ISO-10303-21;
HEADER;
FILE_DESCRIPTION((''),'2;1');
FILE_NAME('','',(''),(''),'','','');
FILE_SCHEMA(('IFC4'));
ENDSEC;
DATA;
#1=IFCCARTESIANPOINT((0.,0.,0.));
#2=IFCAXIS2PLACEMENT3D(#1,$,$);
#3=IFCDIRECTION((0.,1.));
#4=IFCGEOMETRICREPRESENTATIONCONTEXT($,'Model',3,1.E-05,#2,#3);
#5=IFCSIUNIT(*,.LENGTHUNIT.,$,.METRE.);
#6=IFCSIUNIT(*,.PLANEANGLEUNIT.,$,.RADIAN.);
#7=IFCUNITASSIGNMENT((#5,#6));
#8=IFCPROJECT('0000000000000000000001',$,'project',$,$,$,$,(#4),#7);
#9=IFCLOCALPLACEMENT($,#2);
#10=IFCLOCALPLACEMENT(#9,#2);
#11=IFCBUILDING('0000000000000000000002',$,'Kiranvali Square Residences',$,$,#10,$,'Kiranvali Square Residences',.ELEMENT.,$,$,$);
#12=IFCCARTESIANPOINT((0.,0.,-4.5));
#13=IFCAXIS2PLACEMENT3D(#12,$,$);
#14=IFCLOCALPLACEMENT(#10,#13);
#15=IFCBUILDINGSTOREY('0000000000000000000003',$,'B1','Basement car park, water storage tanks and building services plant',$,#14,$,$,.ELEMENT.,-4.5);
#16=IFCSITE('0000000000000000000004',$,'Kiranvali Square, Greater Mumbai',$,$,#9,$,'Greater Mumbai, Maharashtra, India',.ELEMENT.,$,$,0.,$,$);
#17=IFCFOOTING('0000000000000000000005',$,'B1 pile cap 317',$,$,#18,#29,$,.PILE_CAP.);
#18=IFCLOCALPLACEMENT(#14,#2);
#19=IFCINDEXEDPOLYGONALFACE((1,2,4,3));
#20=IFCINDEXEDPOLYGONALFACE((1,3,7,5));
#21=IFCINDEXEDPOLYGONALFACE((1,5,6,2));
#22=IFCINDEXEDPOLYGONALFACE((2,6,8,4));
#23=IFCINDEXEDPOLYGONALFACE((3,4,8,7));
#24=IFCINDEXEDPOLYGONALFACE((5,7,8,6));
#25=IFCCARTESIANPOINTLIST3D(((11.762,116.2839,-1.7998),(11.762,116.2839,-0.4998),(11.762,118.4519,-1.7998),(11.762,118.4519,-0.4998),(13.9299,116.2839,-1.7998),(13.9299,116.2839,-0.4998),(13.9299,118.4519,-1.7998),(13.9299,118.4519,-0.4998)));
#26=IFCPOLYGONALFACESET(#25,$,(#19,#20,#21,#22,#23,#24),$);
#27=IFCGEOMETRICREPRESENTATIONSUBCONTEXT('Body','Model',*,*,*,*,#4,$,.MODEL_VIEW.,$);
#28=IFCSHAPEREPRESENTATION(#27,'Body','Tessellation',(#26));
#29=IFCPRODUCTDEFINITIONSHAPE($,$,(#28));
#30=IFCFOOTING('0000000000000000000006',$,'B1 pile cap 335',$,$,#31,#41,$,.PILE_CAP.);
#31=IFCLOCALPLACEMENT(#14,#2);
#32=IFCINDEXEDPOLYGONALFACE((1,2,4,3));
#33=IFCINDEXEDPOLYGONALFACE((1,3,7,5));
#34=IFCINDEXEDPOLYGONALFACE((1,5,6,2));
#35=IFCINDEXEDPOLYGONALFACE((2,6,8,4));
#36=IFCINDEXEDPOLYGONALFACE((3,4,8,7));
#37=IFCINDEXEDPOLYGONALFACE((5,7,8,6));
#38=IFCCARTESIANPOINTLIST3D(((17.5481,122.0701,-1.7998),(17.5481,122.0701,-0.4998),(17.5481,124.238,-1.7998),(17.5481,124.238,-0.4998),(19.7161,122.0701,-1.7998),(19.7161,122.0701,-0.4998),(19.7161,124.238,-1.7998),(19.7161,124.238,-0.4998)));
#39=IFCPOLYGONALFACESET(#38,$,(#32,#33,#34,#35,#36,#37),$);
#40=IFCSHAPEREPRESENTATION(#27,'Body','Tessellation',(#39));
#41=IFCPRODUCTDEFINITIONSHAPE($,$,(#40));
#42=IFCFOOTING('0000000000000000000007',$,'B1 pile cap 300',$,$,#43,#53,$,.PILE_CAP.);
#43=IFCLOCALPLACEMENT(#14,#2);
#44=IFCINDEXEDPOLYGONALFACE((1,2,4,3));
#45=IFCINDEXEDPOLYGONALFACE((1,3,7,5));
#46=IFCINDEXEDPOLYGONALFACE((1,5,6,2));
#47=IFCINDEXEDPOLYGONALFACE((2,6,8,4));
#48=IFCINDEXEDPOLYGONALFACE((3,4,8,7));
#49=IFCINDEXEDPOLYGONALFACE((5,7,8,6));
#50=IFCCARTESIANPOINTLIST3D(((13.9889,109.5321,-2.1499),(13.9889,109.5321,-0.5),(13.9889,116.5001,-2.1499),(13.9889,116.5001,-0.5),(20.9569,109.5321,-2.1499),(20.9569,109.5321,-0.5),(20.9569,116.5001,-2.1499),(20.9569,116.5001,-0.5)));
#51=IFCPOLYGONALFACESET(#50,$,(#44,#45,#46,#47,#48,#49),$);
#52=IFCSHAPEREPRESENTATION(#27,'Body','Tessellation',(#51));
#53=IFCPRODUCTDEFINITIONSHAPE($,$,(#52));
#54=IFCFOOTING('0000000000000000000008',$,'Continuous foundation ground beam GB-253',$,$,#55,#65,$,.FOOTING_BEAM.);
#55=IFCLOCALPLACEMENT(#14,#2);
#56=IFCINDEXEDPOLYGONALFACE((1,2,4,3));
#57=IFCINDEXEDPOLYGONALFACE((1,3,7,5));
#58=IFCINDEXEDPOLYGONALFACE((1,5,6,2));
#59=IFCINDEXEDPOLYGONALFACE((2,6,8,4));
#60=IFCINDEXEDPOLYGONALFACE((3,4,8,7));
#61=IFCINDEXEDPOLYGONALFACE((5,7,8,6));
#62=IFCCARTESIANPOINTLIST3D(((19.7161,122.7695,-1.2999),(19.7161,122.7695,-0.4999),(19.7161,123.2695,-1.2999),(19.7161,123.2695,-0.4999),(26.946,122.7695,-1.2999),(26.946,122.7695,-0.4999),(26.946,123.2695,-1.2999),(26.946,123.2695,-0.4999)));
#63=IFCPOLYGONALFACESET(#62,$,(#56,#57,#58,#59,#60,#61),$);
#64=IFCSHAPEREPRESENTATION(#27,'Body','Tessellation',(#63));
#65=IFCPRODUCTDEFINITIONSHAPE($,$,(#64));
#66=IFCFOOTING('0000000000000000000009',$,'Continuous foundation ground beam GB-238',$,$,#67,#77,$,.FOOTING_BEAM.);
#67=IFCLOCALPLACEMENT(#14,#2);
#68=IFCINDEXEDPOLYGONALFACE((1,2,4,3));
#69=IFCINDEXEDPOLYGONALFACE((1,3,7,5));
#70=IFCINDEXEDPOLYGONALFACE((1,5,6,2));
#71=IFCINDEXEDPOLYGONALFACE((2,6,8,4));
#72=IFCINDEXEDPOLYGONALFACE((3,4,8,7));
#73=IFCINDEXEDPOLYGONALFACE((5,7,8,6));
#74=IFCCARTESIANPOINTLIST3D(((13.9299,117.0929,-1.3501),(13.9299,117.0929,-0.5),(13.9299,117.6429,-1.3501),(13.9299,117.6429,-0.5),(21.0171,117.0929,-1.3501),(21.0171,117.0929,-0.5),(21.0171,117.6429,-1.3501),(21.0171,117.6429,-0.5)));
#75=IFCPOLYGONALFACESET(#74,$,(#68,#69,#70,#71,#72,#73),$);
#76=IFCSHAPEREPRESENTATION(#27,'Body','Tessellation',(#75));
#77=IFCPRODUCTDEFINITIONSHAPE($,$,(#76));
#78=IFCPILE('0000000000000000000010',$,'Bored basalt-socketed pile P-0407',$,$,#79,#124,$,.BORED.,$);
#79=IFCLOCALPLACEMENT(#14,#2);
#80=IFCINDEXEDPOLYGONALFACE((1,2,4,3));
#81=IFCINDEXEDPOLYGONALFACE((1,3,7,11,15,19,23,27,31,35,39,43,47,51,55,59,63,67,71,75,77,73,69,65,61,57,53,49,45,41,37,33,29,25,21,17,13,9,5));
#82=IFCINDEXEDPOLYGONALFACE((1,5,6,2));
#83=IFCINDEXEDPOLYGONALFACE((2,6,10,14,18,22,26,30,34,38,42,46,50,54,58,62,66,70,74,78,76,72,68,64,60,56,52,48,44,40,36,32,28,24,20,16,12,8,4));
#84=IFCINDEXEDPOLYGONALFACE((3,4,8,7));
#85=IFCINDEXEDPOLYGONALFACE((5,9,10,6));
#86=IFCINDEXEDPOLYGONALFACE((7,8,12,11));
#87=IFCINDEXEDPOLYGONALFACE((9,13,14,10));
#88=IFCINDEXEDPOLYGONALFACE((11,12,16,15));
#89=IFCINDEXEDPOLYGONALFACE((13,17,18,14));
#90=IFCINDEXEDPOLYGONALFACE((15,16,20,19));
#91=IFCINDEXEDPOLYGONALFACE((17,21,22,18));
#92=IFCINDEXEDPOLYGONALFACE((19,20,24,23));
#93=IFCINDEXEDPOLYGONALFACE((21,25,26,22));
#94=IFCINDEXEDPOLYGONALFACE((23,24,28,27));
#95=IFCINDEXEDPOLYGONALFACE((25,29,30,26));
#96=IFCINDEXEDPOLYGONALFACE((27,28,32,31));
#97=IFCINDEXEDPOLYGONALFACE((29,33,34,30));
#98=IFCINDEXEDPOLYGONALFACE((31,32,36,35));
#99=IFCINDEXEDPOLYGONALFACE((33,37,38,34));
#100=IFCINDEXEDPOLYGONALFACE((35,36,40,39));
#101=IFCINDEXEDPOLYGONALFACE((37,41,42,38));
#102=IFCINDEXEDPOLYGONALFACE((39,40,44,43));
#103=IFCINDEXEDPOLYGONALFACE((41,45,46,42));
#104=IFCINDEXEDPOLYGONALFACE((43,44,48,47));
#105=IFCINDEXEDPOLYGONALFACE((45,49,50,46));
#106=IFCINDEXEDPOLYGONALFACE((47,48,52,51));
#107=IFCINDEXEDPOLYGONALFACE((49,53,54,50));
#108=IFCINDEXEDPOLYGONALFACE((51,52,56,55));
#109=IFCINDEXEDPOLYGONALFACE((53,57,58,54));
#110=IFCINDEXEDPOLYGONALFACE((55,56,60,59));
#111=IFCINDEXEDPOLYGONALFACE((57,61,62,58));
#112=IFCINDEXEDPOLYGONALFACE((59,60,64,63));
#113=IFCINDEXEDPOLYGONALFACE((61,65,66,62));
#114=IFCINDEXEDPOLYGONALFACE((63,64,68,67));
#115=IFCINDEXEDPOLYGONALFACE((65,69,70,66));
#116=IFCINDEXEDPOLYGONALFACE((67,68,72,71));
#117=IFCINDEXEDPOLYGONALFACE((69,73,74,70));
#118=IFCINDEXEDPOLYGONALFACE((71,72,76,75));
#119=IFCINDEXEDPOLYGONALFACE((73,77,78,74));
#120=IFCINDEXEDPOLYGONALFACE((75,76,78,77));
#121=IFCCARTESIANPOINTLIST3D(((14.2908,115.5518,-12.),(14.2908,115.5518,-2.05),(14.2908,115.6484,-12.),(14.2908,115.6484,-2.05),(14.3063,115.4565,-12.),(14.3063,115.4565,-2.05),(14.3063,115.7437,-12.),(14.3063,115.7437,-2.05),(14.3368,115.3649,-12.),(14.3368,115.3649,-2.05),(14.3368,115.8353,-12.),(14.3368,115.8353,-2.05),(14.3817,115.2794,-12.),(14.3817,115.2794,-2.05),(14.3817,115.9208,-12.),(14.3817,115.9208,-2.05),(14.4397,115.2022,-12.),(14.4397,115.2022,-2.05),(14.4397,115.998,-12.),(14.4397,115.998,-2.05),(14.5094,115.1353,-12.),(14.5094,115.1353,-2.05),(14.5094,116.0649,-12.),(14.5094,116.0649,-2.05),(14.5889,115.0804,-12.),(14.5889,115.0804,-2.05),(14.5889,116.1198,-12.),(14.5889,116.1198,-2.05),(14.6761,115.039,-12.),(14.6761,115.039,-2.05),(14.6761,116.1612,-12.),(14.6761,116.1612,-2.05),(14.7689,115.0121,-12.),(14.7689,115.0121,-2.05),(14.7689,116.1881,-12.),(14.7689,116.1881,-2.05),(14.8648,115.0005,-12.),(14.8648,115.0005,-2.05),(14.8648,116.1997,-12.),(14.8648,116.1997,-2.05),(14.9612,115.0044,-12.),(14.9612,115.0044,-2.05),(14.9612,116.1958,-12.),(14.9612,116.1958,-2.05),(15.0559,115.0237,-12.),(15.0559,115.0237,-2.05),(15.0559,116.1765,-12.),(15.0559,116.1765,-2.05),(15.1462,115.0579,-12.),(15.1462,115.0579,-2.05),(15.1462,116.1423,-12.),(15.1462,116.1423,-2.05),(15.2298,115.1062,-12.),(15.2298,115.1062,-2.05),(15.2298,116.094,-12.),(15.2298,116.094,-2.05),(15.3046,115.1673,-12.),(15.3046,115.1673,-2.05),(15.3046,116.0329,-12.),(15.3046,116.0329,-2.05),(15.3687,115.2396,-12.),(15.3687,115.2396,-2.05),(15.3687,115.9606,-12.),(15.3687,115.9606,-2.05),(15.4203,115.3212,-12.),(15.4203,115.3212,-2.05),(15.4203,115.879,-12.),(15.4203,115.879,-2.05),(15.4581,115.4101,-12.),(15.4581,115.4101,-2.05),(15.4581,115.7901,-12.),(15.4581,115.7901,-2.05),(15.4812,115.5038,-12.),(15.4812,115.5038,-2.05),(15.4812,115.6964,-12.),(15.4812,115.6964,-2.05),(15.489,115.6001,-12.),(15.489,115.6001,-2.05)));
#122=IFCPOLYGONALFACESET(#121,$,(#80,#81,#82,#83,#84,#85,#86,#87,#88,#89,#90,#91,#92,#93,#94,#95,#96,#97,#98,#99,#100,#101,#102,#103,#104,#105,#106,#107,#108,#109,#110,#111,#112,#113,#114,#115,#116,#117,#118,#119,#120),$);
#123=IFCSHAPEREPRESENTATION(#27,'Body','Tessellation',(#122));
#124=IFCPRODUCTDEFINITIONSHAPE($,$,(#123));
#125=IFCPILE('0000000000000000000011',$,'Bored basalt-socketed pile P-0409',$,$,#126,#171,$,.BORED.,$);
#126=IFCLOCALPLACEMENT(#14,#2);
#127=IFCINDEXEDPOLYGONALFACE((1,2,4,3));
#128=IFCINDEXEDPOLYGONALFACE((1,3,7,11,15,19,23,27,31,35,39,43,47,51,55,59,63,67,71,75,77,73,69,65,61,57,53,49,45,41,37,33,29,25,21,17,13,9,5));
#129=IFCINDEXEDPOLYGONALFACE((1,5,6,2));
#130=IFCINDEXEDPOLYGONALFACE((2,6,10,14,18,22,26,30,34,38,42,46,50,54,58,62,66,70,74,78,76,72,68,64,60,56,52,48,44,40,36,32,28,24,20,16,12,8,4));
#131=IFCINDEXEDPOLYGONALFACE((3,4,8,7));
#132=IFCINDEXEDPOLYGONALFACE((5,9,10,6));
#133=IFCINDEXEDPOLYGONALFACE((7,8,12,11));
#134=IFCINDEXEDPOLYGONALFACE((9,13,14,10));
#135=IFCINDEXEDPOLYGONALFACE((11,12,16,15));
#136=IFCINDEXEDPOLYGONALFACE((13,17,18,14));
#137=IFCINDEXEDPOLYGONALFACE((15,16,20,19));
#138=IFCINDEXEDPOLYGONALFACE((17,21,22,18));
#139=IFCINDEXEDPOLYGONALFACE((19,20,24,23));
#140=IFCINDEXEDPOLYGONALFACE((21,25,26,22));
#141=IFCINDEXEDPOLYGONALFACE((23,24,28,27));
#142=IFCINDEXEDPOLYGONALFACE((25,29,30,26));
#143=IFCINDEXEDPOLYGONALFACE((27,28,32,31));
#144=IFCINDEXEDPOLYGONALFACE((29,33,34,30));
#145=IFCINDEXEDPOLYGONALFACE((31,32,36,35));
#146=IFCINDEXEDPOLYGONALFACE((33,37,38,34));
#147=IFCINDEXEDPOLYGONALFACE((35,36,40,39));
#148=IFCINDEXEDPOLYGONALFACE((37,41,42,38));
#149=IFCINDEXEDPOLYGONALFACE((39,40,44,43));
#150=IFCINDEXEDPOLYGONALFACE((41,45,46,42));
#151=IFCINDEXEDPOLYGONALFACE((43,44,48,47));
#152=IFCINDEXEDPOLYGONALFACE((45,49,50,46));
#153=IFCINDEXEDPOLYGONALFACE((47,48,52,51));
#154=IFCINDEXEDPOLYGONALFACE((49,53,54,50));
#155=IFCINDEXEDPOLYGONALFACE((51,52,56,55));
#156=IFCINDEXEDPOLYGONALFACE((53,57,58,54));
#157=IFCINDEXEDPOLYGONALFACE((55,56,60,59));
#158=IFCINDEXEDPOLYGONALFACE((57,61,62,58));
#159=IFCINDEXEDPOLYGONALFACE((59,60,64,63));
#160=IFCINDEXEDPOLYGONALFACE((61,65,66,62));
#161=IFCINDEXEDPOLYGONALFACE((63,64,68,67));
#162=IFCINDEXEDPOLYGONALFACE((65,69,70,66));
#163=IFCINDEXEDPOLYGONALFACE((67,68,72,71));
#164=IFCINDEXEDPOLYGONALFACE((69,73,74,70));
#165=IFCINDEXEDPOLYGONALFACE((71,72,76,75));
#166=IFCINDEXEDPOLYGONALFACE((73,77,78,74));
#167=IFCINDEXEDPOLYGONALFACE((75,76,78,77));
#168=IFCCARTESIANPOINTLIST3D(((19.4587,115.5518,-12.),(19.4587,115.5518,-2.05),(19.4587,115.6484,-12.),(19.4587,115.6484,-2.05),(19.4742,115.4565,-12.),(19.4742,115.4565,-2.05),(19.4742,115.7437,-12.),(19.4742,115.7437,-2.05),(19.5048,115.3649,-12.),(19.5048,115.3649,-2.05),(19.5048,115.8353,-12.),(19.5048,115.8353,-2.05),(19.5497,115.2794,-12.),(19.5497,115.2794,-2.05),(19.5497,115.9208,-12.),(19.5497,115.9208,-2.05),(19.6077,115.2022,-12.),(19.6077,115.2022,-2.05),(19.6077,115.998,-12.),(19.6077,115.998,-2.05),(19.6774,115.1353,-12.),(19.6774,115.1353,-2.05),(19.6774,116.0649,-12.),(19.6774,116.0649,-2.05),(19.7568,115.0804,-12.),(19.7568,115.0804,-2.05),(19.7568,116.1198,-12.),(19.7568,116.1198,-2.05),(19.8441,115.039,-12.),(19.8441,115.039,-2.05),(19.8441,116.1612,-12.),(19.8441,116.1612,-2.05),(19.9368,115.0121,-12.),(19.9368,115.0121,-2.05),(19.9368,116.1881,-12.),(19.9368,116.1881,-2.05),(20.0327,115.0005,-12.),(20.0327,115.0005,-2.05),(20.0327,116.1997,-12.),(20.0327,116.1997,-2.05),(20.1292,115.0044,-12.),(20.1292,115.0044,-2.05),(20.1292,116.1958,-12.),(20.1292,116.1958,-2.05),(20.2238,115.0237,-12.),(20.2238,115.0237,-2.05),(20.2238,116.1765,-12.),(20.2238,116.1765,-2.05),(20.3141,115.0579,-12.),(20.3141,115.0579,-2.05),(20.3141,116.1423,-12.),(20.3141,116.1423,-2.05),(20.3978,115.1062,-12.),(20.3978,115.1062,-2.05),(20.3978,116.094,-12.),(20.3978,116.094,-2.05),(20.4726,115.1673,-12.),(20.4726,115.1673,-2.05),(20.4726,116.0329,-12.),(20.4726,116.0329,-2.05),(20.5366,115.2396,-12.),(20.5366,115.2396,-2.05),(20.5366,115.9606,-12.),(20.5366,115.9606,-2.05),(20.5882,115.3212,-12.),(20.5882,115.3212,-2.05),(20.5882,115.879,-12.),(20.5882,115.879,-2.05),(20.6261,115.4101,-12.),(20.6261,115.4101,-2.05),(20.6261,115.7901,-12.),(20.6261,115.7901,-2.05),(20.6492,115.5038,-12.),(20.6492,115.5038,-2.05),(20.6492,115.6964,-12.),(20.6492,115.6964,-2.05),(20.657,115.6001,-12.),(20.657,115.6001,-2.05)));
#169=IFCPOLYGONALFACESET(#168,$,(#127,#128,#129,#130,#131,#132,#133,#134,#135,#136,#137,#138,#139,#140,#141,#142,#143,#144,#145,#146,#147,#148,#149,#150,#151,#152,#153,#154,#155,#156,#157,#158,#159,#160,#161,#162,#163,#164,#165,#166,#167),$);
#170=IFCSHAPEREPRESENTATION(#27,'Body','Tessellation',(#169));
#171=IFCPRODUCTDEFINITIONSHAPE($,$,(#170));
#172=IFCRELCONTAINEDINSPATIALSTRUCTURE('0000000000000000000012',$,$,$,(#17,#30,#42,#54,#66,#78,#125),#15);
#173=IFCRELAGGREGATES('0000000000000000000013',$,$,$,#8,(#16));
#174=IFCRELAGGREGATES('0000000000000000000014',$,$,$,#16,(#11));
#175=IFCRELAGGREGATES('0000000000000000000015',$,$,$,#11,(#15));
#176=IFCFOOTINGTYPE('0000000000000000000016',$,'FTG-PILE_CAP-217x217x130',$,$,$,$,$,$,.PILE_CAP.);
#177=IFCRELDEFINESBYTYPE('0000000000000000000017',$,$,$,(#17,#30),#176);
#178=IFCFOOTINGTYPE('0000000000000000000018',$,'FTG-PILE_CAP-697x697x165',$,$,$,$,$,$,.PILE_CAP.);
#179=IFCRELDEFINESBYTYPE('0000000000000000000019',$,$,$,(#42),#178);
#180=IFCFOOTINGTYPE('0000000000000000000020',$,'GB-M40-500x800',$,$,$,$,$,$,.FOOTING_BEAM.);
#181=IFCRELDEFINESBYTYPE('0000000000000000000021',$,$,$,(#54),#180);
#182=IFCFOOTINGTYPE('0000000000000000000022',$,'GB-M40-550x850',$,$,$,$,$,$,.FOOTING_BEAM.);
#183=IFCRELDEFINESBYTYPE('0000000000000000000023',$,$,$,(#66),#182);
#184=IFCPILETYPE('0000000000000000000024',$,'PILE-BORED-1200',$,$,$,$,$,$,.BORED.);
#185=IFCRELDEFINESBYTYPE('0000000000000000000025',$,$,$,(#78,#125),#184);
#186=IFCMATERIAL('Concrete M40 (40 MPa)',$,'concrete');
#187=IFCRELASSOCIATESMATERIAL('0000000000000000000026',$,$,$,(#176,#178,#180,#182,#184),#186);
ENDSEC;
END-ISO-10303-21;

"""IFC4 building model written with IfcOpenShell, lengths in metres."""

from ifc_helpers import new_model, si_unit, direction, frame, origin, origin_2d, place, context, subcontext, project, spatial, rectangle, circle, extrude, material, material_profile, profile_set, type_object, element, save


model = new_model("IFC4")

# Units and contexts
model_context = context("Model", 3, precision=1e-05, world=origin(), true_north=direction((0.0, 1.0)))
body_context = subcontext(model_context, "Body", "Model", "MODEL_VIEW")
ifc_project = project(units=[si_unit("LENGTHUNIT", "METRE"), si_unit("PLANEANGLEUNIT", "RADIAN")], contexts=[model_context])

# Site, building, storey
site_placement = place(None, origin())
site = spatial("IfcSite", under=ifc_project, at=site_placement, Name="Kiranvali Square, Greater Mumbai", LongName="Greater Mumbai, Maharashtra, India", CompositionType="ELEMENT", RefElevation=0.0)
building_placement = place(site_placement, origin())
building = spatial("IfcBuilding", under=site, at=building_placement, Name="Kiranvali Square Residences", LongName="Kiranvali Square Residences", CompositionType="ELEMENT")
storey_placement = place(building_placement, frame((0.0, 0.0, -4.5)))
storey = spatial("IfcBuildingStorey", under=building, at=storey_placement, Name="B1", Description="Basement car park, water storage tanks and building services plant", CompositionType="ELEMENT", Elevation=-4.5)

# Footings
ifc_material_1 = material(Name="Concrete M40 (40 MPa)", Category="concrete")
footing_type_1 = type_object("IfcFootingType", Name="FTG-PILE_CAP-217x217x130", PredefinedType="PILE_CAP", material=ifc_material_1)
for number, where, z_axis, x_axis, name in (
    (1, (12.8459, 117.3679, -1.7998), (0.0, 0.0, 1.0), (1.0, 0.0, 0.0), "B1 pile cap 317"),
    (2, (18.6321, 123.1541, -1.7998), (0.0, 0.0, 1.0), (1.0, 0.0, 0.0), "B1 pile cap 335"),
):
    element("IfcFooting", number, at=place(storey_placement, frame(where, z_axis=z_axis, x_axis=x_axis)), inside=storey, type_object=footing_type_1, Name=name, PredefinedType="PILE_CAP", context=body_context, shape_type="SweptSolid", body=[
        extrude(rectangle(XDim=2.168, YDim=2.168, at=origin_2d()), origin(), (0.0, 0.0, 1.0), 1.3),
    ])
footing_type_2 = type_object("IfcFootingType", Name="FTG-PILE_CAP-697x697x165", PredefinedType="PILE_CAP", material=ifc_material_1)
footing_1_placement = place(storey_placement, frame((17.4729, 113.0161, -2.1499), z_axis=(0.0, 0.0, 1.0), x_axis=(1.0, 0.0, 0.0)))
element("IfcFooting", 3, at=footing_1_placement, inside=storey, type_object=footing_type_2, Name="B1 pile cap 300", PredefinedType="PILE_CAP", context=body_context, shape_type="SweptSolid", body=[
    extrude(rectangle(XDim=6.968, YDim=6.968, at=origin_2d()), origin(), (0.0, 0.0, 1.0), 1.6499),
])
ifc_material_profile_1 = material_profile(ifc_material_1, rectangle(XDim=0.5, YDim=0.8, at=origin_2d()), Name="GB 500x800")
ifc_profile_set_1 = profile_set([ifc_material_profile_1], Name="Concrete M40 (40 MPa)")
footing_type_3 = type_object("IfcFootingType", Name="GB-M40-500x800", PredefinedType="FOOTING_BEAM", material=ifc_profile_set_1)
footing_2_placement = place(storey_placement, frame((19.7161, 123.0195, -0.8999), z_axis=(1.0, 0.0, 0.0), x_axis=(0.0, 1.0, 0.0)))
element("IfcFooting", 4, at=footing_2_placement, inside=storey, type_object=footing_type_3, Name="Continuous foundation ground beam GB-253", PredefinedType="FOOTING_BEAM", context=body_context, shape_type="SweptSolid", body=[
    extrude(rectangle(XDim=0.5, YDim=0.8, at=origin_2d()), origin(), (0.0, 0.0, 1.0), 7.23),
])
ifc_material_profile_2 = material_profile(ifc_material_1, rectangle(XDim=0.55, YDim=0.8501, at=origin_2d()), Name="GB 550x850")
ifc_profile_set_2 = profile_set([ifc_material_profile_2], Name="Concrete M40 (40 MPa)")
footing_type_4 = type_object("IfcFootingType", Name="GB-M40-550x850", PredefinedType="FOOTING_BEAM", material=ifc_profile_set_2)
footing_3_placement = place(storey_placement, frame((13.9299, 117.3679, -0.925), z_axis=(1.0, 0.0, 0.0), x_axis=(0.0, 1.0, 0.0)))
element("IfcFooting", 5, at=footing_3_placement, inside=storey, type_object=footing_type_4, Name="Continuous foundation ground beam GB-238", PredefinedType="FOOTING_BEAM", context=body_context, shape_type="SweptSolid", body=[
    extrude(rectangle(XDim=0.55, YDim=0.8501, at=origin_2d()), origin(), (0.0, 0.0, 1.0), 7.0872),
])

# Piles
ifc_material_profile_3 = material_profile(ifc_material_1, circle(Radius=0.6001, at=origin_2d()), Name="BORED PILE 1200")
ifc_profile_set_3 = profile_set([ifc_material_profile_3], Name="Concrete M40 (40 MPa)")
pile_type_1 = type_object("IfcPileType", Name="PILE-BORED-1200", PredefinedType="BORED", material=ifc_profile_set_3)
for number, where, z_axis, x_axis, name in (
    (6, (14.8889, 115.6001, -2.05), (0.0, 0.0, -1.0), (1.0, 0.0, 0.0), "Bored basalt-socketed pile P-0407"),
    (7, (20.0569, 115.6001, -2.05), (0.0, 0.0, -1.0), (1.0, 0.0, 0.0), "Bored basalt-socketed pile P-0409"),
):
    element("IfcPile", number, at=place(storey_placement, frame(where, z_axis=z_axis, x_axis=x_axis)), inside=storey, type_object=pile_type_1, Name=name, PredefinedType="BORED", context=body_context, shape_type="SweptSolid", body=[
        extrude(circle(Radius=0.6001, at=origin_2d()), origin(), (0.0, 0.0, 1.0), 9.95),
    ])

save(model, "model.ifc")
